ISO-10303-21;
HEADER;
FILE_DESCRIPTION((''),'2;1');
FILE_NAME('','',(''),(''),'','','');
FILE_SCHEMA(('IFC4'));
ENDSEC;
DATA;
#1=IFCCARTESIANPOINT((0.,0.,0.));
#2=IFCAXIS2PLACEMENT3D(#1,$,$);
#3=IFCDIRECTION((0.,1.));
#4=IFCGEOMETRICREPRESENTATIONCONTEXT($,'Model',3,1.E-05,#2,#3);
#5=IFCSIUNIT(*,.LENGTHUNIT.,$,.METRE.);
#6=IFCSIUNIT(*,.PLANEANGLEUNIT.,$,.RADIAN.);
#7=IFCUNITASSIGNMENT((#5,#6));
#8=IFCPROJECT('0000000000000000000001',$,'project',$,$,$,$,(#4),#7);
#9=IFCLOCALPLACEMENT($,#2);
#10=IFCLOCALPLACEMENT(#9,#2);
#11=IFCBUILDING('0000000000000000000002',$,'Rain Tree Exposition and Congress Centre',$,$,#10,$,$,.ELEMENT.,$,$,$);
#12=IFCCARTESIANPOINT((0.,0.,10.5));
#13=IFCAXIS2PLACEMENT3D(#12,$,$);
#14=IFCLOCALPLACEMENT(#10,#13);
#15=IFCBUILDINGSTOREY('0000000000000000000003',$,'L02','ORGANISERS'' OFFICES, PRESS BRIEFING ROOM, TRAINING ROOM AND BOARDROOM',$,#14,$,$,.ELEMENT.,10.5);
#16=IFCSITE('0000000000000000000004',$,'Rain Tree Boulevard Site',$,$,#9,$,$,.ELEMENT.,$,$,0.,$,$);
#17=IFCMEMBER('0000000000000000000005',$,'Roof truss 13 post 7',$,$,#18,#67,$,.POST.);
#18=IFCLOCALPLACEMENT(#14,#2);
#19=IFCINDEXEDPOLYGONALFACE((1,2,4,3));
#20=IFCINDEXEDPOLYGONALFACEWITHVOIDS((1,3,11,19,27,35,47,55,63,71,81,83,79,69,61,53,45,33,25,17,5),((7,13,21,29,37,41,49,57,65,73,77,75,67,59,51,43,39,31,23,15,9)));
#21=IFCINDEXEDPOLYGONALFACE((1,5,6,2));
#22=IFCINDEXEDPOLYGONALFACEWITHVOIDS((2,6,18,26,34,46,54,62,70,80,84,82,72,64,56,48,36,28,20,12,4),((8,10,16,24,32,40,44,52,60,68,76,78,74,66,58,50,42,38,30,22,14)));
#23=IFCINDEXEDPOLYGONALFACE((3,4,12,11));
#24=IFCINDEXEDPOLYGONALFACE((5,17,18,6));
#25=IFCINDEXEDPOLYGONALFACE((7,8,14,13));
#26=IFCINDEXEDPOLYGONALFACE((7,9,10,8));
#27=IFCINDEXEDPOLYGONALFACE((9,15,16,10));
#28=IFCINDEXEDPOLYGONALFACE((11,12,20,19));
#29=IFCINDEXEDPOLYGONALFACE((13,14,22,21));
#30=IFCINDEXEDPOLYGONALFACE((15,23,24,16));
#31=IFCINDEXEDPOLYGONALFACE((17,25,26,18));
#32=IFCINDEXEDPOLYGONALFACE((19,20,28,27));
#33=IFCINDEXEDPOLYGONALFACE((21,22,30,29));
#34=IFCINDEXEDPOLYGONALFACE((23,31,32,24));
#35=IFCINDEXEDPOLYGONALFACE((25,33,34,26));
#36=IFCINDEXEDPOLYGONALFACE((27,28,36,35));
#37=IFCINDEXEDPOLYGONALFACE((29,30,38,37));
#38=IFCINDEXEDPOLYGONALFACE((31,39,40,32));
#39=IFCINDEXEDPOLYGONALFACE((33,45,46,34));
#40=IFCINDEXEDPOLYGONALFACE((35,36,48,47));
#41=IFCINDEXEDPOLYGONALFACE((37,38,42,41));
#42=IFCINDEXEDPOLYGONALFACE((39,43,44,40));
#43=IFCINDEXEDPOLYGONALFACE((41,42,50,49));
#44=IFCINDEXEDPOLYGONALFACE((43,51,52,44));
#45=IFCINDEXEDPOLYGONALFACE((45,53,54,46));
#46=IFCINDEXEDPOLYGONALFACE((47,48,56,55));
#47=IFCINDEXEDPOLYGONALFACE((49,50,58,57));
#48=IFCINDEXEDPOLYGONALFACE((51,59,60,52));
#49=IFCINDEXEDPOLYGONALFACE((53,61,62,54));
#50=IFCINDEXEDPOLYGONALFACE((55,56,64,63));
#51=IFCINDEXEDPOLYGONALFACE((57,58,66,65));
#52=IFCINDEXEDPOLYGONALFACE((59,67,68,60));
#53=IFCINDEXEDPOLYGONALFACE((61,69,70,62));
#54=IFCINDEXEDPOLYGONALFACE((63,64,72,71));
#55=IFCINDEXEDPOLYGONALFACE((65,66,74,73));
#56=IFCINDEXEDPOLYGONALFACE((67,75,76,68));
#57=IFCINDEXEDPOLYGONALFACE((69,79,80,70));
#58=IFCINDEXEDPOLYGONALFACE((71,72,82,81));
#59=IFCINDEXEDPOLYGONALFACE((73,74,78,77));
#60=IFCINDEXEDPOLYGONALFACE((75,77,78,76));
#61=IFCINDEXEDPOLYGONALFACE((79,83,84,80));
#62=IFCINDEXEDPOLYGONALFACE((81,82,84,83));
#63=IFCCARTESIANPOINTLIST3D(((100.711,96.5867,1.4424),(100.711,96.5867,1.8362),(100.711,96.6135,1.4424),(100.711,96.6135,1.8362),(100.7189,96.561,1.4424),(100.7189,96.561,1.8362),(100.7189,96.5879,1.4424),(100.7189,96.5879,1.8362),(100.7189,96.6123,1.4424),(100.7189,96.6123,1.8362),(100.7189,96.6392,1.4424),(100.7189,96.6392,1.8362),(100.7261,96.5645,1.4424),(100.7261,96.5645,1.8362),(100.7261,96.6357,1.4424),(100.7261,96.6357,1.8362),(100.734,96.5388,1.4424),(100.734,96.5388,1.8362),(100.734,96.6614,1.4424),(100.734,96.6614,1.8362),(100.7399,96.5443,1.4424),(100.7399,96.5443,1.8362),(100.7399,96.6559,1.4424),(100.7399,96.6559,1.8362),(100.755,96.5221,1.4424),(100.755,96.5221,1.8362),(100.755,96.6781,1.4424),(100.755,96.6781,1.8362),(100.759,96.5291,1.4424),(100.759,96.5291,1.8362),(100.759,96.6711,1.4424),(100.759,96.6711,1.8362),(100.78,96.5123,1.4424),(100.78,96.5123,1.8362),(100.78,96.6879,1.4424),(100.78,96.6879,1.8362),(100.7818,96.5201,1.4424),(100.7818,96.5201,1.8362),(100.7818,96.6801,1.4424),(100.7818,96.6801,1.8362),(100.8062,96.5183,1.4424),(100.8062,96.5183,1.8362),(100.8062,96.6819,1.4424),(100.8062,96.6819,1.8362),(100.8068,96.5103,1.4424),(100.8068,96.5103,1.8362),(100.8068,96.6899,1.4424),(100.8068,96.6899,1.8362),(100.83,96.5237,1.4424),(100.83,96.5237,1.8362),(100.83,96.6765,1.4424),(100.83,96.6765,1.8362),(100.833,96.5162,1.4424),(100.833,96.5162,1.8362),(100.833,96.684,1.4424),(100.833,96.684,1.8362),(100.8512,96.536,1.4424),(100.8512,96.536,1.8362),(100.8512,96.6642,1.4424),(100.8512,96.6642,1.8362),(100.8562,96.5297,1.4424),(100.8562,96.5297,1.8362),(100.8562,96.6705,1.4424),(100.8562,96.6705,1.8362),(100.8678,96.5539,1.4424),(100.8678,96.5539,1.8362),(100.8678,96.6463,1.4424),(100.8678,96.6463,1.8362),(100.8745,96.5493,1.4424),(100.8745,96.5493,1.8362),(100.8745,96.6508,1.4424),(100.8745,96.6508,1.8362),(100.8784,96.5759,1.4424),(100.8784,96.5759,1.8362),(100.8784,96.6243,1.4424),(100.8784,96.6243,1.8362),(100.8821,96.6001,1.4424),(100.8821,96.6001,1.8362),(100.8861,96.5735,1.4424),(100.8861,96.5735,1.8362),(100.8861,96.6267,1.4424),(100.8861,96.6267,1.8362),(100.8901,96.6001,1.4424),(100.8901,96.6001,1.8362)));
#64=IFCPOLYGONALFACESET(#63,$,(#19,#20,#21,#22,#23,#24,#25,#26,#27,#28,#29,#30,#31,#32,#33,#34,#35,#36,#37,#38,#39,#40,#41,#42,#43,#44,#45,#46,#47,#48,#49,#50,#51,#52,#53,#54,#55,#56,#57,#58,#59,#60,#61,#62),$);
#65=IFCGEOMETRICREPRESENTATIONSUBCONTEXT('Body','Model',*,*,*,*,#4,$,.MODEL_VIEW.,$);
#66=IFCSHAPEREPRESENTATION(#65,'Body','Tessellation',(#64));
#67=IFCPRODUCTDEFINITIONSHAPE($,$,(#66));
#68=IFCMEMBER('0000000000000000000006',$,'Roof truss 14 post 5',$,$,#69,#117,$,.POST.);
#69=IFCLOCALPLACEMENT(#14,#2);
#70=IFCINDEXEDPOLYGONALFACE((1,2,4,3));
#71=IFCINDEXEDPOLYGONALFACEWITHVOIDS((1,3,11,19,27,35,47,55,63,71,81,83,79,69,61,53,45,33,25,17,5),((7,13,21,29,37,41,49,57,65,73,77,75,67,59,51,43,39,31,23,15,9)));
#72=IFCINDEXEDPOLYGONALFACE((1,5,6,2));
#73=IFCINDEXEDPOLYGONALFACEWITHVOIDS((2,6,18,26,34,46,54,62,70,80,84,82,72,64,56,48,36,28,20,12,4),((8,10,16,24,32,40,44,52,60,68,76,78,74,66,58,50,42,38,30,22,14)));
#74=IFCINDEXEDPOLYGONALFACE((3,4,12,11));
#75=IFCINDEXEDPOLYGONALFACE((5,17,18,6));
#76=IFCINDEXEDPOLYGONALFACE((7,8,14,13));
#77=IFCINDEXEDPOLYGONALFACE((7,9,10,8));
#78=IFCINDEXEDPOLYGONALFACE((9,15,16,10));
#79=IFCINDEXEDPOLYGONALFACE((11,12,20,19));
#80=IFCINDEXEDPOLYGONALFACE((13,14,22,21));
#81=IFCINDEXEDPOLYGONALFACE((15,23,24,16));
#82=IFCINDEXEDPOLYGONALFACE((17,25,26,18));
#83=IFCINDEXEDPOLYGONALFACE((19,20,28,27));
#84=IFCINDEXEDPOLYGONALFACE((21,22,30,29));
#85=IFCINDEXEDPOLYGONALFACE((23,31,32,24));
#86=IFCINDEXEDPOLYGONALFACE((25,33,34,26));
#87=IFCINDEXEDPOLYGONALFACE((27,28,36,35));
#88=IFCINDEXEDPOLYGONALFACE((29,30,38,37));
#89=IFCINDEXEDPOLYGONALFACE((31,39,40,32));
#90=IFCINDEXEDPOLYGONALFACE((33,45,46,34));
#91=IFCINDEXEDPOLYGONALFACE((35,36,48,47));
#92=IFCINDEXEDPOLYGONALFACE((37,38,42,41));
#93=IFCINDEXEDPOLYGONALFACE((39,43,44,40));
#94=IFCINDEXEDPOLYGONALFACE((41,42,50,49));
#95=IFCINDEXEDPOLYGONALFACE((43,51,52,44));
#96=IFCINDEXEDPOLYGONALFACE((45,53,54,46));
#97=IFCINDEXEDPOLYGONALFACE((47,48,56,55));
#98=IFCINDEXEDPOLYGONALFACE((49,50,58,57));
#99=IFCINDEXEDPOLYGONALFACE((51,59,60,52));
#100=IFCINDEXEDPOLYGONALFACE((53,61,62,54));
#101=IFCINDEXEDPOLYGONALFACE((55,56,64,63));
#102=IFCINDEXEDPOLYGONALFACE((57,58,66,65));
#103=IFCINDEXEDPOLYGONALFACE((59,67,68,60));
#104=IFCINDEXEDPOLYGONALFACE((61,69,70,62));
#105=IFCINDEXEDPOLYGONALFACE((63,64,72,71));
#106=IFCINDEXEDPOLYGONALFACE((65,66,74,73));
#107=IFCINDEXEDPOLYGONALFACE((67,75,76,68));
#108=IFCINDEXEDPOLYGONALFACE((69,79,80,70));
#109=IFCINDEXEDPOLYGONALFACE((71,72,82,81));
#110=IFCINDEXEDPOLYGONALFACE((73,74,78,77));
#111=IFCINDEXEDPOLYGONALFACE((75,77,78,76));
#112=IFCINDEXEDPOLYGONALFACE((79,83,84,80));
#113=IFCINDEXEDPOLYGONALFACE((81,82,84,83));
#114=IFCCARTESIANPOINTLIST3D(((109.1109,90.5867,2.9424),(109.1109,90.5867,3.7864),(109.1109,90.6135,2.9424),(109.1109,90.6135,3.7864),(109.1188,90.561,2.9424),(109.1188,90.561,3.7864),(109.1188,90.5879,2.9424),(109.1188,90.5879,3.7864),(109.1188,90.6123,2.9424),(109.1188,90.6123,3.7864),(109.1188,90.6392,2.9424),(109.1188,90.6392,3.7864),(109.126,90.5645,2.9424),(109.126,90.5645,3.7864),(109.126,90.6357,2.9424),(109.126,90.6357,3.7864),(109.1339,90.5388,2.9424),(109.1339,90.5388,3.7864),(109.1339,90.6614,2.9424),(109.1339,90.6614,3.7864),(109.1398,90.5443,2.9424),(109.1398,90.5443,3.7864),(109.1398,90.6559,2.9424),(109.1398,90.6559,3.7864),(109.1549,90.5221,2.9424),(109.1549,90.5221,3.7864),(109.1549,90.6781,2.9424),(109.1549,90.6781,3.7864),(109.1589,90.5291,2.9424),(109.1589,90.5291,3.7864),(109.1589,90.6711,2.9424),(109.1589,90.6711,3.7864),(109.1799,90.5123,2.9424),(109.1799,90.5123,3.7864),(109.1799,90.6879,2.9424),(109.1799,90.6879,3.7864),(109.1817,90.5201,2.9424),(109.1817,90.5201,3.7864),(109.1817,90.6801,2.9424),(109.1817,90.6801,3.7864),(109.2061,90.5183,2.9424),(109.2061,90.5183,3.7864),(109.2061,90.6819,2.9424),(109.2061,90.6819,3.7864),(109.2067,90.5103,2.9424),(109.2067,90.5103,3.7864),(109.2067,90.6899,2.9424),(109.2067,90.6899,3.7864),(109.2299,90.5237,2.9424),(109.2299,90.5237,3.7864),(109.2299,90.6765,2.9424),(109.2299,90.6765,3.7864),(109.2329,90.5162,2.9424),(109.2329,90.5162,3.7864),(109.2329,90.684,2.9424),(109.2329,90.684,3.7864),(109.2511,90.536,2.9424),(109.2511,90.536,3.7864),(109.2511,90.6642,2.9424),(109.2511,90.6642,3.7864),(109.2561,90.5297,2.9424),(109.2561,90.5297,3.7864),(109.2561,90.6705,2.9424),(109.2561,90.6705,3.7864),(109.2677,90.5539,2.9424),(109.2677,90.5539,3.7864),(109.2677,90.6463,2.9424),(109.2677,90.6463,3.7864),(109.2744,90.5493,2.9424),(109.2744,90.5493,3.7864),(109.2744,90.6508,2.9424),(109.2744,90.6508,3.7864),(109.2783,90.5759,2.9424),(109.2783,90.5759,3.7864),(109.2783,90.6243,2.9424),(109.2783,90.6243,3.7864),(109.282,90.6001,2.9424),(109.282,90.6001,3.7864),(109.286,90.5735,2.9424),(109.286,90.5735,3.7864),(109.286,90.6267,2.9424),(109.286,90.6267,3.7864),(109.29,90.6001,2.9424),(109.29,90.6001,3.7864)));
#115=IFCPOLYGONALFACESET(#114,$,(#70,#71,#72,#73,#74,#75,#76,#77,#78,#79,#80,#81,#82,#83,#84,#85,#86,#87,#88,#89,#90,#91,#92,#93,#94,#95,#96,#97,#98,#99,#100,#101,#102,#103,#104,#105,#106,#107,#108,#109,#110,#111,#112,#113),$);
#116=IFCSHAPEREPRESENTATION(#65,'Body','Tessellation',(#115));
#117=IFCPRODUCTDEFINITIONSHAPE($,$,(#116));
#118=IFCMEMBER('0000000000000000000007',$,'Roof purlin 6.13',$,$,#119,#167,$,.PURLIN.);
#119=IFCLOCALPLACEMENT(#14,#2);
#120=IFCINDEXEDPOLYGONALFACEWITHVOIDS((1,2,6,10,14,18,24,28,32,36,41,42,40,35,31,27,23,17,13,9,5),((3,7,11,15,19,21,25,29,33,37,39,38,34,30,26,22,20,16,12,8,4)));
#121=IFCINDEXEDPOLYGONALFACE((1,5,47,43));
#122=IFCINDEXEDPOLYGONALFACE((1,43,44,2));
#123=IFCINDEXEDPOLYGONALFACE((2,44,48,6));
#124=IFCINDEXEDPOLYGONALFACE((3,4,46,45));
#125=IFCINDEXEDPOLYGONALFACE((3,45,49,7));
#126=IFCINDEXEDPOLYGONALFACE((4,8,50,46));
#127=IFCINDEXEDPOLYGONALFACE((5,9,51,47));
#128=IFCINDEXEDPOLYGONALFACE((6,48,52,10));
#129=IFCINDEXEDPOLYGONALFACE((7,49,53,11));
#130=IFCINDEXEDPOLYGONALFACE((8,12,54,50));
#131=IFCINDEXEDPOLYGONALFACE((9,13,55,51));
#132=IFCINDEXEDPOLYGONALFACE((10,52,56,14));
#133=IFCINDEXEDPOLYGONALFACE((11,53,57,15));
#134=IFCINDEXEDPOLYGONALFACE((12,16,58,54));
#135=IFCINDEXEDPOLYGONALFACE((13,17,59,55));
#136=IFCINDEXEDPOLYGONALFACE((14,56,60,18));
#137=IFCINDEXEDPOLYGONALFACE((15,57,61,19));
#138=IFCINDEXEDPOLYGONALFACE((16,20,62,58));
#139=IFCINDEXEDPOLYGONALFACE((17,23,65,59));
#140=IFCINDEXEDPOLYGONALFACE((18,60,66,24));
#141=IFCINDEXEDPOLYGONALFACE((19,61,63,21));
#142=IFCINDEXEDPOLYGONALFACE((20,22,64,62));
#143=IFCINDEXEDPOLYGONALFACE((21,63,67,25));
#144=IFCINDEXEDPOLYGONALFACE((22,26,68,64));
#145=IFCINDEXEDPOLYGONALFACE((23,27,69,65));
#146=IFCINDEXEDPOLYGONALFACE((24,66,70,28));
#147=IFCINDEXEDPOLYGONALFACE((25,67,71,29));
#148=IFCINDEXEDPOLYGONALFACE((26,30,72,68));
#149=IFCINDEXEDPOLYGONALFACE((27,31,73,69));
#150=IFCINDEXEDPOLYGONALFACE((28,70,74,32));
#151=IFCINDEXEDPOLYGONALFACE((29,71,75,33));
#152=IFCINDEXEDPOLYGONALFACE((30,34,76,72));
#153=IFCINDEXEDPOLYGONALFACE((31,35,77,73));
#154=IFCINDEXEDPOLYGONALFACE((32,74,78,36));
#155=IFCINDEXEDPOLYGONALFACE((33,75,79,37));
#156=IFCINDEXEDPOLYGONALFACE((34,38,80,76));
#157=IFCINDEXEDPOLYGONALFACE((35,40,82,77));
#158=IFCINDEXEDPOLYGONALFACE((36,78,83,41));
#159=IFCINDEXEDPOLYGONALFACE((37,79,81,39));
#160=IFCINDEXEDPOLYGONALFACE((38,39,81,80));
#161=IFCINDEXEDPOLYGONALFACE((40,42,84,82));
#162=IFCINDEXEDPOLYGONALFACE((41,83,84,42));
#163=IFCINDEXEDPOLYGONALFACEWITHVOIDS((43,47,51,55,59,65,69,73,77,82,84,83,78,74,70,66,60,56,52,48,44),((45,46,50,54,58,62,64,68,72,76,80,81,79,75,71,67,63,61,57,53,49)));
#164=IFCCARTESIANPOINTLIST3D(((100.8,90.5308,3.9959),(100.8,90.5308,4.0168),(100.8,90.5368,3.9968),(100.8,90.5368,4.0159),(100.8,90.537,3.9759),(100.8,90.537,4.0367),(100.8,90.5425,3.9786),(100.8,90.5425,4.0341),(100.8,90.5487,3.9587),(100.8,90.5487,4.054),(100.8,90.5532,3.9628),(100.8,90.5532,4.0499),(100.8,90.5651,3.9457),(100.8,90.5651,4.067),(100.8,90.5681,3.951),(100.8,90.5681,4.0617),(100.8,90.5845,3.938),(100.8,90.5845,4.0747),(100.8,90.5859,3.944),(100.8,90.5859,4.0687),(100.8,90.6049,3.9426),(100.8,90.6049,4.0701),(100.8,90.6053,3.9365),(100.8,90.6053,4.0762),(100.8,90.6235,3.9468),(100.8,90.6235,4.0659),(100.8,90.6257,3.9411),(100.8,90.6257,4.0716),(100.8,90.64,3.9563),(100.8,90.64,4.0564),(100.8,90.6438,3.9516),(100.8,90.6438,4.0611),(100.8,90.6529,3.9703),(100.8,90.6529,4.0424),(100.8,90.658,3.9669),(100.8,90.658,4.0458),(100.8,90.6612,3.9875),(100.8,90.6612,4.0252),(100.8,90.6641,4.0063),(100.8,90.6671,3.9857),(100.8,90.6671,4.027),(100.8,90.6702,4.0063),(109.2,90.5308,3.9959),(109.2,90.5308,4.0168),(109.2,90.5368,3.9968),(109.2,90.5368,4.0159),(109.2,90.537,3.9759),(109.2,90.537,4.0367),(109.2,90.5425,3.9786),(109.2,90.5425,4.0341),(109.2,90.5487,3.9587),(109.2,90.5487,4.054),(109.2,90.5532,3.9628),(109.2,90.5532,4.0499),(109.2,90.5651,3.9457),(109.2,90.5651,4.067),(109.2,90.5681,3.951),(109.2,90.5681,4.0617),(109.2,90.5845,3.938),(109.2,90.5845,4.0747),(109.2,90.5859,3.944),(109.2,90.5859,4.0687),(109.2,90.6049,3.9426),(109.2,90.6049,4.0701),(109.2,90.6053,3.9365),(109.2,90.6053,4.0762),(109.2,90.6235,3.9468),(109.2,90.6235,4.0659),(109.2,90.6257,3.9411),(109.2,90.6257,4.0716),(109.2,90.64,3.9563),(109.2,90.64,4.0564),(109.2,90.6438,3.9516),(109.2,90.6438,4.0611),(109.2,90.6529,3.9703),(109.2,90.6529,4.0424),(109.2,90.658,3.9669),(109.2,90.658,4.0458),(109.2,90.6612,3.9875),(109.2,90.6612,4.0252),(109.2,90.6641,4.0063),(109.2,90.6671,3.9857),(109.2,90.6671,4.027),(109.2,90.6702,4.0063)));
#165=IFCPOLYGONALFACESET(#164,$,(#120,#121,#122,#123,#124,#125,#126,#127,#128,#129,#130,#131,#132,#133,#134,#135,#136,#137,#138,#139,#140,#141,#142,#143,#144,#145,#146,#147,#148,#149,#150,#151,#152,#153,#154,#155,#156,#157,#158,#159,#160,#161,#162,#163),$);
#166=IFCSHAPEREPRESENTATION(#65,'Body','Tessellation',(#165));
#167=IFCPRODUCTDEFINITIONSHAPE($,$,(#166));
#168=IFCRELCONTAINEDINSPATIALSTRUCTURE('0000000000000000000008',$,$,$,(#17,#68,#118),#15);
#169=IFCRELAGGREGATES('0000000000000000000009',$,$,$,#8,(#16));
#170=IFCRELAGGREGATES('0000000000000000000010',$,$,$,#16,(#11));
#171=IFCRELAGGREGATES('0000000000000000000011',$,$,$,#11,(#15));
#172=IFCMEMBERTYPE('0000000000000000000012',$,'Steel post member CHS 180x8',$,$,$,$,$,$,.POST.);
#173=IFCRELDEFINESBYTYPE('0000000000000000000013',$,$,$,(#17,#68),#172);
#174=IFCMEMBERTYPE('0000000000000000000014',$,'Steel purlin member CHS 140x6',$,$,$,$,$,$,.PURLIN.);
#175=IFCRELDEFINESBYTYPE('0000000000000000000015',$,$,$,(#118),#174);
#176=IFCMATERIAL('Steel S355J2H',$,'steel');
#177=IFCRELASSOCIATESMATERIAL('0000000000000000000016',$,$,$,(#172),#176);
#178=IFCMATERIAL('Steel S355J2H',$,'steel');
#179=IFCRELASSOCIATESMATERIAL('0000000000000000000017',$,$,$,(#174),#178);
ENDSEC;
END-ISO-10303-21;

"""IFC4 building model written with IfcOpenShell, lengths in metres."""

from ifc_helpers import new_model, si_unit, direction, frame, origin, origin_2d, place, context, subcontext, project, spatial, hollow_circle, extrude, material, material_profile, profile_set, type_object, element, save


model = new_model("IFC4")

# Units and contexts
model_context = context("Model", 3, precision=1e-05, world=origin(), true_north=direction((0.0, 1.0)))
body_context = subcontext(model_context, "Body", "Model", "MODEL_VIEW")
ifc_project = project(units=[si_unit("LENGTHUNIT", "METRE"), si_unit("PLANEANGLEUNIT", "RADIAN")], contexts=[model_context])

# Site, building, storey
site_placement = place(None, origin())
site = spatial("IfcSite", under=ifc_project, at=site_placement, Name="Rain Tree Boulevard Site", CompositionType="ELEMENT", RefElevation=0.0)
building_placement = place(site_placement, origin())
building = spatial("IfcBuilding", under=site, at=building_placement, Name="Rain Tree Exposition and Congress Centre", CompositionType="ELEMENT")
storey_placement = place(building_placement, frame((0.0, 0.0, 10.5)))
storey = spatial("IfcBuildingStorey", under=building, at=storey_placement, Name="L02", Description="ORGANISERS' OFFICES, PRESS BRIEFING ROOM, TRAINING ROOM AND BOARDROOM", CompositionType="ELEMENT", Elevation=10.5)

# Members
ifc_material_1 = material(Name="Steel S355J2H", Category="steel")
ifc_material_profile_1 = material_profile(ifc_material_1, hollow_circle(Radius=0.0901, WallThickness=0.0081, at=origin_2d()), Name="CHS 180x8")
ifc_profile_set_1 = profile_set([ifc_material_profile_1], Name="Steel S355J2H")
member_type_1 = type_object("IfcMemberType", Name="Steel post member CHS 180x8", PredefinedType="POST", material=ifc_profile_set_1)
member_1_placement = place(storey_placement, frame((100.8, 96.6001, 1.4424), z_axis=(0.0, 0.0, 1.0), x_axis=(1.0, 0.0, 0.0)))
element("IfcMember", 1, at=member_1_placement, inside=storey, type_object=member_type_1, Name="Roof truss 13 post 7", PredefinedType="POST", context=body_context, shape_type="SweptSolid", body=[
    extrude(hollow_circle(Radius=0.0901, WallThickness=0.0081, at=origin_2d()), origin(), (0.0, 0.0, 1.0), 0.3938),
])
member_2_placement = place(storey_placement, frame((109.2, 90.6001, 2.9424), z_axis=(0.0, 0.0, 1.0), x_axis=(1.0, 0.0, 0.0)))
element("IfcMember", 2, at=member_2_placement, inside=storey, type_object=member_type_1, Name="Roof truss 14 post 5", PredefinedType="POST", context=body_context, shape_type="SweptSolid", body=[
    extrude(hollow_circle(Radius=0.0901, WallThickness=0.0081, at=origin_2d()), origin(), (0.0, 0.0, 1.0), 0.844),
])
ifc_material_2 = material(Name="Steel S355J2H", Category="steel")
ifc_material_profile_2 = material_profile(ifc_material_2, hollow_circle(Radius=0.0701, WallThickness=0.0061, at=origin_2d()), Name="CHS 140x6")
ifc_profile_set_2 = profile_set([ifc_material_profile_2], Name="Steel S355J2H")
member_type_2 = type_object("IfcMemberType", Name="Steel purlin member CHS 140x6", PredefinedType="PURLIN", material=ifc_profile_set_2)
member_3_placement = place(storey_placement, frame((100.8, 90.6001, 4.0063), z_axis=(1.0, 0.0, 0.0), x_axis=(0.0, 1.0, 0.0)))
element("IfcMember", 3, at=member_3_placement, inside=storey, type_object=member_type_2, Name="Roof purlin 6.13", PredefinedType="PURLIN", context=body_context, shape_type="SweptSolid", body=[
    extrude(hollow_circle(Radius=0.0701, WallThickness=0.0061, at=origin_2d()), origin(), (0.0, 0.0, 1.0), 8.3999),
])

save(model, "model.ifc")
